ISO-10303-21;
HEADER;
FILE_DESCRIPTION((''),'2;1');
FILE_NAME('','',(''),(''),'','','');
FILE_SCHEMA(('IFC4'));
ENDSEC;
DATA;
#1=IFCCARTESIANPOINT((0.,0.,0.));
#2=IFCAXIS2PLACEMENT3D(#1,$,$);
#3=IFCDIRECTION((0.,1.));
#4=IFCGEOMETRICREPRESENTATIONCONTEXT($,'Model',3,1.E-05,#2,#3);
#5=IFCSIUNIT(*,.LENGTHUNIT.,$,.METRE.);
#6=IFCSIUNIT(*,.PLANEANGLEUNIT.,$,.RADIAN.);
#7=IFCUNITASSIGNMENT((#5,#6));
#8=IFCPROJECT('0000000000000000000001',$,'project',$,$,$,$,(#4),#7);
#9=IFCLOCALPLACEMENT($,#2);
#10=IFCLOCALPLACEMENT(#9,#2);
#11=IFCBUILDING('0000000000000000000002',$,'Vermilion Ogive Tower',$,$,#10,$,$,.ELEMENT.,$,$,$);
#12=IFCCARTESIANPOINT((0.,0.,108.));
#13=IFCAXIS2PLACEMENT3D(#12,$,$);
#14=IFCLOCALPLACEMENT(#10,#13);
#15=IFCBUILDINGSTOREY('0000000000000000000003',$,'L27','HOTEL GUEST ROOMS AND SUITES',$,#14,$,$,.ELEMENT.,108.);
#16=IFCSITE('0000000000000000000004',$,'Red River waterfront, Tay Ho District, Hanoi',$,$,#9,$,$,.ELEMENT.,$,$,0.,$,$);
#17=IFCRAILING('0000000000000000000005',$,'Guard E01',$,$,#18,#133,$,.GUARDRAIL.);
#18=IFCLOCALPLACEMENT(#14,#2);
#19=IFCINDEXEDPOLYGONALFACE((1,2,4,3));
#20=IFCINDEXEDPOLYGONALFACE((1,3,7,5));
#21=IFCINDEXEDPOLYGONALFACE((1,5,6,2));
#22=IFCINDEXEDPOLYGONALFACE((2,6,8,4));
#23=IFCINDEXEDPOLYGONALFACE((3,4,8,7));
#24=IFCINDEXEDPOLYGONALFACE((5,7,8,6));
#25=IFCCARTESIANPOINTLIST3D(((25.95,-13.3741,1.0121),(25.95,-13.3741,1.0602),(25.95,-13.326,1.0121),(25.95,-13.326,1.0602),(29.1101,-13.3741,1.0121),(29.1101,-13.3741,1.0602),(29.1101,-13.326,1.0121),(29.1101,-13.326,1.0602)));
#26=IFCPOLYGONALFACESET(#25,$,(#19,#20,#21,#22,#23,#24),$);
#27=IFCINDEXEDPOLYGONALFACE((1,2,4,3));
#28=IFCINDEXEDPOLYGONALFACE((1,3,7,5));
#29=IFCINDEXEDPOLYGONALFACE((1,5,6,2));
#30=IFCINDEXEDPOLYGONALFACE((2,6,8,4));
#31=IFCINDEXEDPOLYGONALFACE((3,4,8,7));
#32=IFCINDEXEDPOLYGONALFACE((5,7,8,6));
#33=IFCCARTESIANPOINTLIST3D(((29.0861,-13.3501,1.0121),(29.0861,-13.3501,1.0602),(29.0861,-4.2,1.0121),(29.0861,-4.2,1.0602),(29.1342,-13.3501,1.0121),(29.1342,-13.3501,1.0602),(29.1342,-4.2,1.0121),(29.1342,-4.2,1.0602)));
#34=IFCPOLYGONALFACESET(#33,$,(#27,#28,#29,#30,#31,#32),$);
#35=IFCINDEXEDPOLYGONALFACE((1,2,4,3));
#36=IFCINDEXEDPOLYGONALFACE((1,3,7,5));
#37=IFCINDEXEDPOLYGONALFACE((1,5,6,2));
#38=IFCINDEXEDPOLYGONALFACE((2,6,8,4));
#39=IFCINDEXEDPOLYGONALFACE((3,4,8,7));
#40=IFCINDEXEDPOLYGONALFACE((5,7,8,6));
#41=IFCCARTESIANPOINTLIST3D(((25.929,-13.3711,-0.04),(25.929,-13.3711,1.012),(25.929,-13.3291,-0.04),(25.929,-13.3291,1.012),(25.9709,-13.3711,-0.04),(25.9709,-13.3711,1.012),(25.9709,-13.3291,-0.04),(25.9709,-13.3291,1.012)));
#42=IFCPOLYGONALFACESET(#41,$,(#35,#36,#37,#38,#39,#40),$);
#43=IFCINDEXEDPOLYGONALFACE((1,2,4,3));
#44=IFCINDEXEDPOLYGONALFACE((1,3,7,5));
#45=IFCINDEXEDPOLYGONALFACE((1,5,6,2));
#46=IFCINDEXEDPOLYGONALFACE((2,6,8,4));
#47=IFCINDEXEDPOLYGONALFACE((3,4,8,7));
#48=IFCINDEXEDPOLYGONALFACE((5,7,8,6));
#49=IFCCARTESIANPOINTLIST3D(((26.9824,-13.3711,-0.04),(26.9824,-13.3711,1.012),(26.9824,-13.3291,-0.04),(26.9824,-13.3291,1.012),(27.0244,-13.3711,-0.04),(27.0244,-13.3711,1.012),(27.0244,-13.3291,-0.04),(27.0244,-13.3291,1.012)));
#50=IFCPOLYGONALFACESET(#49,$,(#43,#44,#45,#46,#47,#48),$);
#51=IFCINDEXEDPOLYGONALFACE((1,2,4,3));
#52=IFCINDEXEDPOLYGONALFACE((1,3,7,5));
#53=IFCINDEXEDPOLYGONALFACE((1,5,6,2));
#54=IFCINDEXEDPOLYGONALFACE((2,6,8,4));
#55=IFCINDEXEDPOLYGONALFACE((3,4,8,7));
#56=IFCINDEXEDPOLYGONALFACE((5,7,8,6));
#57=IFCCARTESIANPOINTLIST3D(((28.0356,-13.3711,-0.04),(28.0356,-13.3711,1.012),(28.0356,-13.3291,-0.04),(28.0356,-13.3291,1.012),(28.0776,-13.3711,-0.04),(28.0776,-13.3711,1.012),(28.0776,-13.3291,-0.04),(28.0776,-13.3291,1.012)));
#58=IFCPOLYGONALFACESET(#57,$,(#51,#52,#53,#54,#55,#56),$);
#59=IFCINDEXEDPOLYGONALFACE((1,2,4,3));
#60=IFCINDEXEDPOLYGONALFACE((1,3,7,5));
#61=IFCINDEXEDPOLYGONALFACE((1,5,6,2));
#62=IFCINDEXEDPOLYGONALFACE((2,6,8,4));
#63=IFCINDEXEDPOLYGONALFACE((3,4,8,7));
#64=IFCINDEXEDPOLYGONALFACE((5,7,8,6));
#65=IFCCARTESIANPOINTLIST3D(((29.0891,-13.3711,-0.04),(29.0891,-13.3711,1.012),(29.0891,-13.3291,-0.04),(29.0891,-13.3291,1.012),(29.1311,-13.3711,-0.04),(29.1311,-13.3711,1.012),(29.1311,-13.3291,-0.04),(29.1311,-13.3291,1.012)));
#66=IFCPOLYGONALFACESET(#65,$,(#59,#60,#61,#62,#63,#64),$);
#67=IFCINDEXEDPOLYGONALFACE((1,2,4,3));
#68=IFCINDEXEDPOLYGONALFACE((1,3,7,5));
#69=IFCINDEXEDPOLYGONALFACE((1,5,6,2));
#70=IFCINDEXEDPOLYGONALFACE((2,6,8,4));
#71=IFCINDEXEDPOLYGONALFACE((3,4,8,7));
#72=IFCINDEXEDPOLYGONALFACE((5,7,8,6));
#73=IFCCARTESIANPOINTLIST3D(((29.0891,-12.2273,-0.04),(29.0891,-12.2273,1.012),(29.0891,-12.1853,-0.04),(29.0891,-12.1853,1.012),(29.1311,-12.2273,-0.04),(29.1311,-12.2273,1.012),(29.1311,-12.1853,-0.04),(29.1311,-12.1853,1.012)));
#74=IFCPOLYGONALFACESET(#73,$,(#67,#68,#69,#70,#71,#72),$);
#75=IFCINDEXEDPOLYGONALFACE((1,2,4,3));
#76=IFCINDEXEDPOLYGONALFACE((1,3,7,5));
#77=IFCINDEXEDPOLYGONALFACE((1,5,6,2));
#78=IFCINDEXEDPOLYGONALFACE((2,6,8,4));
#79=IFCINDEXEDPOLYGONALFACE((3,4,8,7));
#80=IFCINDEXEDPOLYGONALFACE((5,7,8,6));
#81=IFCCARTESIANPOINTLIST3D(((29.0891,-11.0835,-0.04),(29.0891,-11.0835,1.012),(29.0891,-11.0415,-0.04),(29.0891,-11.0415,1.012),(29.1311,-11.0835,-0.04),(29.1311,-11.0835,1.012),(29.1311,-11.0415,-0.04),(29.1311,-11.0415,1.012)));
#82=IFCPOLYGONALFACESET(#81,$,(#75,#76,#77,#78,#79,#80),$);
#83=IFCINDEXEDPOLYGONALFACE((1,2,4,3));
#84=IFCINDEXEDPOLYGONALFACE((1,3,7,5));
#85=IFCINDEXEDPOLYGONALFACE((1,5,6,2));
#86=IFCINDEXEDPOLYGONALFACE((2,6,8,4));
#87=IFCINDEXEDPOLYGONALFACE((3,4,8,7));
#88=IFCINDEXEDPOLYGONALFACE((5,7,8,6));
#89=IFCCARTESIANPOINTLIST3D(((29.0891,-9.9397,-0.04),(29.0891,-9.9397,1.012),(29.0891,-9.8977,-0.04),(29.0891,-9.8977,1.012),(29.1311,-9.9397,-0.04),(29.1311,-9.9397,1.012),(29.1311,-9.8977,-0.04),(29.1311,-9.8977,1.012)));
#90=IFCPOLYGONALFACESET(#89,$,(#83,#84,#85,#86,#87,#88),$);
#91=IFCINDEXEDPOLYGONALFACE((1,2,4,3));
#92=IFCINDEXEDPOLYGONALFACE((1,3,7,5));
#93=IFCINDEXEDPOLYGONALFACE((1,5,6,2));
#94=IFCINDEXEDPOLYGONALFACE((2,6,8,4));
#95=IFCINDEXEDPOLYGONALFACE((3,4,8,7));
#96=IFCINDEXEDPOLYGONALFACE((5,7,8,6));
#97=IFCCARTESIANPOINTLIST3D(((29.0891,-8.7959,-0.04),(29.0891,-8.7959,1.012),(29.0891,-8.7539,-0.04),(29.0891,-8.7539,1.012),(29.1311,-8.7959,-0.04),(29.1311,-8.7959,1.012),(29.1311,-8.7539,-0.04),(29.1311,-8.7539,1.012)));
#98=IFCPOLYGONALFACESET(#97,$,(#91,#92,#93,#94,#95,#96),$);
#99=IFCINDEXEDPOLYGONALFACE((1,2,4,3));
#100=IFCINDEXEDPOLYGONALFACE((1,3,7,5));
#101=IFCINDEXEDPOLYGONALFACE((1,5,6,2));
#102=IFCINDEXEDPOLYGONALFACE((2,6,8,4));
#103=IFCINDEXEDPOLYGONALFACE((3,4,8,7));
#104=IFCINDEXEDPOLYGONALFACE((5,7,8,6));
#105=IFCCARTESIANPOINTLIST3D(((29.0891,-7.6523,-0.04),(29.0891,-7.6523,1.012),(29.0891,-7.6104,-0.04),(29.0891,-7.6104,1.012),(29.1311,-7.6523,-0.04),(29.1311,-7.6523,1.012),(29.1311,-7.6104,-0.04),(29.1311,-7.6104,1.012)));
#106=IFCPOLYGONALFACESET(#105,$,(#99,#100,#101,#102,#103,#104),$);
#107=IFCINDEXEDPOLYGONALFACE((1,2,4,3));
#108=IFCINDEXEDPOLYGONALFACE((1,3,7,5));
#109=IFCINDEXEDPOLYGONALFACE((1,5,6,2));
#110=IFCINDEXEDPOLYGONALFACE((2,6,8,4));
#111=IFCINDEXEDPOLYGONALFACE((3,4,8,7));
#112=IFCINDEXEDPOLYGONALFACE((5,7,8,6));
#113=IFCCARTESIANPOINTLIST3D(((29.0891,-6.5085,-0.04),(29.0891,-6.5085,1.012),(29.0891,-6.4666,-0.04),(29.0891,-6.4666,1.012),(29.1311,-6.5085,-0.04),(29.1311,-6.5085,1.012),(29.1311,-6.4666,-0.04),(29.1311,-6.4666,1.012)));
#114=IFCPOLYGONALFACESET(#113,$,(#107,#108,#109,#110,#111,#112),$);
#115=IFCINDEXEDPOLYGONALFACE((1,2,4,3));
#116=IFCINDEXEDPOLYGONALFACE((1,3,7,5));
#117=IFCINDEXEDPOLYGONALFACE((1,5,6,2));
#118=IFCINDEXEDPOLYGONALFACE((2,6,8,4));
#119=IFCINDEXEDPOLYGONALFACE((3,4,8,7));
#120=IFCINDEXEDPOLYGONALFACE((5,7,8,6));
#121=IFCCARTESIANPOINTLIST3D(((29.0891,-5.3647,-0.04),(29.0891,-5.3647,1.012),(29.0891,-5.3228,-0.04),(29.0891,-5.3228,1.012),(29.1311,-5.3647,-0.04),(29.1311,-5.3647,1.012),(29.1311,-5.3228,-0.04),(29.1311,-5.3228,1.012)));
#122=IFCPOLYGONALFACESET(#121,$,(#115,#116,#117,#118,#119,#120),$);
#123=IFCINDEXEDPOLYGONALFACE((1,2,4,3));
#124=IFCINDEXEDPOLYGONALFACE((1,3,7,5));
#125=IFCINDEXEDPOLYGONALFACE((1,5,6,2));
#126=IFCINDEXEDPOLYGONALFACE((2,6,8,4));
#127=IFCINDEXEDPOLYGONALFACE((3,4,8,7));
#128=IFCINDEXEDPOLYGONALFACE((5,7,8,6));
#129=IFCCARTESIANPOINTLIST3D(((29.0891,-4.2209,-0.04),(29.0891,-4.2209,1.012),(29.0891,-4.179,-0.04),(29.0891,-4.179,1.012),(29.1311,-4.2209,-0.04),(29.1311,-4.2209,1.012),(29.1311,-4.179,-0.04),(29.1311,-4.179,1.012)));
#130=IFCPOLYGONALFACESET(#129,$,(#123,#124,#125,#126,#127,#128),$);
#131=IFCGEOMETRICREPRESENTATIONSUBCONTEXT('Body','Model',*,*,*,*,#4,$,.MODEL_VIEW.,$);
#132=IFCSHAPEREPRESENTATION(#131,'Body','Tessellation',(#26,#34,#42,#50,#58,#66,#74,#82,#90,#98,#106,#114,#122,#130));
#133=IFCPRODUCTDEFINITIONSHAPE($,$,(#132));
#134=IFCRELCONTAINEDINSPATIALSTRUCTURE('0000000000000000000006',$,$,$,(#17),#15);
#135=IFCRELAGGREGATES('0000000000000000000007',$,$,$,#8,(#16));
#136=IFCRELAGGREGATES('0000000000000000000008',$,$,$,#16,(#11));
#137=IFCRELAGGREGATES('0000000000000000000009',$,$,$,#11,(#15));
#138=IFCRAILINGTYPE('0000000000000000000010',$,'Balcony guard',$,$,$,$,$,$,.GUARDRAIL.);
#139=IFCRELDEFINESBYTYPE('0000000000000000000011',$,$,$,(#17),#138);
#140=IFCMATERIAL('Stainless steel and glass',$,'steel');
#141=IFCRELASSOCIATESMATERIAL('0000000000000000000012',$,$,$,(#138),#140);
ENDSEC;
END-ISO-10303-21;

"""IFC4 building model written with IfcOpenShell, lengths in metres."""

from ifc_helpers import new_model, si_unit, direction, frame, origin, origin_2d, place, context, subcontext, project, spatial, rectangle, extrude, material, type_object, element, save


model = new_model("IFC4")

# Units and contexts
model_context = context("Model", 3, precision=1e-05, world=origin(), true_north=direction((0.0, 1.0)))
body_context = subcontext(model_context, "Body", "Model", "MODEL_VIEW")
ifc_project = project(units=[si_unit("LENGTHUNIT", "METRE"), si_unit("PLANEANGLEUNIT", "RADIAN")], contexts=[model_context])

# Site, building, storey
site_placement = place(None, origin())
site = spatial("IfcSite", under=ifc_project, at=site_placement, Name="Red River waterfront, Tay Ho District, Hanoi", CompositionType="ELEMENT", RefElevation=0.0)
building_placement = place(site_placement, origin())
building = spatial("IfcBuilding", under=site, at=building_placement, Name="Vermilion Ogive Tower", CompositionType="ELEMENT")
storey_placement = place(building_placement, frame((0.0, 0.0, 108.0)))
storey = spatial("IfcBuildingStorey", under=building, at=storey_placement, Name="L27", Description="HOTEL GUEST ROOMS AND SUITES", CompositionType="ELEMENT", Elevation=108.0)

# Railing
ifc_material_1 = material(Name="Stainless steel and glass", Category="steel")
railing_type_1 = type_object("IfcRailingType", Name="Balcony guard", PredefinedType="GUARDRAIL", material=ifc_material_1)
railing_1_placement = place(storey_placement, frame((25.95, -13.3501, -0.04)))
element("IfcRailing", 1, at=railing_1_placement, inside=storey, type_object=railing_type_1, Name="Guard E01", PredefinedType="GUARDRAIL", context=body_context, shape_type="SweptSolid", body=[
    extrude(rectangle(XDim=0.0481, YDim=0.0481, at=origin_2d()), frame((0.0, 0.0, 1.0762), z_axis=(1.0, 0.0, 0.0), x_axis=(0.0, 1.0, 0.0)), (0.0, 0.0, 1.0), 3.1602),
    extrude(rectangle(XDim=0.0481, YDim=0.0481, at=origin_2d()), frame((3.1602, 0.0, 1.0762), z_axis=(0.0, 1.0, 0.0), x_axis=(-1.0, 0.0, 0.0)), (0.0, 0.0, 1.0), 9.1501),
    extrude(rectangle(XDim=0.042, YDim=0.042, at=origin_2d()), origin(), (0.0, 0.0, 1.0), 1.052),
    extrude(rectangle(XDim=0.042, YDim=0.042, at=origin_2d()), frame((1.0535, 0.0, 0.0)), (0.0, 0.0, 1.0), 1.052),
    extrude(rectangle(XDim=0.042, YDim=0.042, at=origin_2d()), frame((2.1067, 0.0, 0.0)), (0.0, 0.0, 1.0), 1.052),
    extrude(rectangle(XDim=0.042, YDim=0.042, at=origin_2d()), frame((3.1602, 0.0, 0.0)), (0.0, 0.0, 1.0), 1.052),
    extrude(rectangle(XDim=0.042, YDim=0.042, at=origin_2d()), frame((3.1602, 1.1438, 0.0)), (0.0, 0.0, 1.0), 1.052),
    extrude(rectangle(XDim=0.042, YDim=0.042, at=origin_2d()), frame((3.1602, 2.2876, 0.0)), (0.0, 0.0, 1.0), 1.052),
    extrude(rectangle(XDim=0.042, YDim=0.042, at=origin_2d()), frame((3.1602, 3.4314, 0.0)), (0.0, 0.0, 1.0), 1.052),
    extrude(rectangle(XDim=0.042, YDim=0.042, at=origin_2d()), frame((3.1602, 4.5752, 0.0)), (0.0, 0.0, 1.0), 1.052),
    extrude(rectangle(XDim=0.042, YDim=0.042, at=origin_2d()), frame((3.1602, 5.7188, 0.0)), (0.0, 0.0, 1.0), 1.052),
    extrude(rectangle(XDim=0.042, YDim=0.042, at=origin_2d()), frame((3.1602, 6.8625, 0.0)), (0.0, 0.0, 1.0), 1.052),
    extrude(rectangle(XDim=0.042, YDim=0.042, at=origin_2d()), frame((3.1602, 8.0063, 0.0)), (0.0, 0.0, 1.0), 1.052),
    extrude(rectangle(XDim=0.042, YDim=0.042, at=origin_2d()), frame((3.1602, 9.1501, 0.0)), (0.0, 0.0, 1.0), 1.052),
])

save(model, "model.ifc")
